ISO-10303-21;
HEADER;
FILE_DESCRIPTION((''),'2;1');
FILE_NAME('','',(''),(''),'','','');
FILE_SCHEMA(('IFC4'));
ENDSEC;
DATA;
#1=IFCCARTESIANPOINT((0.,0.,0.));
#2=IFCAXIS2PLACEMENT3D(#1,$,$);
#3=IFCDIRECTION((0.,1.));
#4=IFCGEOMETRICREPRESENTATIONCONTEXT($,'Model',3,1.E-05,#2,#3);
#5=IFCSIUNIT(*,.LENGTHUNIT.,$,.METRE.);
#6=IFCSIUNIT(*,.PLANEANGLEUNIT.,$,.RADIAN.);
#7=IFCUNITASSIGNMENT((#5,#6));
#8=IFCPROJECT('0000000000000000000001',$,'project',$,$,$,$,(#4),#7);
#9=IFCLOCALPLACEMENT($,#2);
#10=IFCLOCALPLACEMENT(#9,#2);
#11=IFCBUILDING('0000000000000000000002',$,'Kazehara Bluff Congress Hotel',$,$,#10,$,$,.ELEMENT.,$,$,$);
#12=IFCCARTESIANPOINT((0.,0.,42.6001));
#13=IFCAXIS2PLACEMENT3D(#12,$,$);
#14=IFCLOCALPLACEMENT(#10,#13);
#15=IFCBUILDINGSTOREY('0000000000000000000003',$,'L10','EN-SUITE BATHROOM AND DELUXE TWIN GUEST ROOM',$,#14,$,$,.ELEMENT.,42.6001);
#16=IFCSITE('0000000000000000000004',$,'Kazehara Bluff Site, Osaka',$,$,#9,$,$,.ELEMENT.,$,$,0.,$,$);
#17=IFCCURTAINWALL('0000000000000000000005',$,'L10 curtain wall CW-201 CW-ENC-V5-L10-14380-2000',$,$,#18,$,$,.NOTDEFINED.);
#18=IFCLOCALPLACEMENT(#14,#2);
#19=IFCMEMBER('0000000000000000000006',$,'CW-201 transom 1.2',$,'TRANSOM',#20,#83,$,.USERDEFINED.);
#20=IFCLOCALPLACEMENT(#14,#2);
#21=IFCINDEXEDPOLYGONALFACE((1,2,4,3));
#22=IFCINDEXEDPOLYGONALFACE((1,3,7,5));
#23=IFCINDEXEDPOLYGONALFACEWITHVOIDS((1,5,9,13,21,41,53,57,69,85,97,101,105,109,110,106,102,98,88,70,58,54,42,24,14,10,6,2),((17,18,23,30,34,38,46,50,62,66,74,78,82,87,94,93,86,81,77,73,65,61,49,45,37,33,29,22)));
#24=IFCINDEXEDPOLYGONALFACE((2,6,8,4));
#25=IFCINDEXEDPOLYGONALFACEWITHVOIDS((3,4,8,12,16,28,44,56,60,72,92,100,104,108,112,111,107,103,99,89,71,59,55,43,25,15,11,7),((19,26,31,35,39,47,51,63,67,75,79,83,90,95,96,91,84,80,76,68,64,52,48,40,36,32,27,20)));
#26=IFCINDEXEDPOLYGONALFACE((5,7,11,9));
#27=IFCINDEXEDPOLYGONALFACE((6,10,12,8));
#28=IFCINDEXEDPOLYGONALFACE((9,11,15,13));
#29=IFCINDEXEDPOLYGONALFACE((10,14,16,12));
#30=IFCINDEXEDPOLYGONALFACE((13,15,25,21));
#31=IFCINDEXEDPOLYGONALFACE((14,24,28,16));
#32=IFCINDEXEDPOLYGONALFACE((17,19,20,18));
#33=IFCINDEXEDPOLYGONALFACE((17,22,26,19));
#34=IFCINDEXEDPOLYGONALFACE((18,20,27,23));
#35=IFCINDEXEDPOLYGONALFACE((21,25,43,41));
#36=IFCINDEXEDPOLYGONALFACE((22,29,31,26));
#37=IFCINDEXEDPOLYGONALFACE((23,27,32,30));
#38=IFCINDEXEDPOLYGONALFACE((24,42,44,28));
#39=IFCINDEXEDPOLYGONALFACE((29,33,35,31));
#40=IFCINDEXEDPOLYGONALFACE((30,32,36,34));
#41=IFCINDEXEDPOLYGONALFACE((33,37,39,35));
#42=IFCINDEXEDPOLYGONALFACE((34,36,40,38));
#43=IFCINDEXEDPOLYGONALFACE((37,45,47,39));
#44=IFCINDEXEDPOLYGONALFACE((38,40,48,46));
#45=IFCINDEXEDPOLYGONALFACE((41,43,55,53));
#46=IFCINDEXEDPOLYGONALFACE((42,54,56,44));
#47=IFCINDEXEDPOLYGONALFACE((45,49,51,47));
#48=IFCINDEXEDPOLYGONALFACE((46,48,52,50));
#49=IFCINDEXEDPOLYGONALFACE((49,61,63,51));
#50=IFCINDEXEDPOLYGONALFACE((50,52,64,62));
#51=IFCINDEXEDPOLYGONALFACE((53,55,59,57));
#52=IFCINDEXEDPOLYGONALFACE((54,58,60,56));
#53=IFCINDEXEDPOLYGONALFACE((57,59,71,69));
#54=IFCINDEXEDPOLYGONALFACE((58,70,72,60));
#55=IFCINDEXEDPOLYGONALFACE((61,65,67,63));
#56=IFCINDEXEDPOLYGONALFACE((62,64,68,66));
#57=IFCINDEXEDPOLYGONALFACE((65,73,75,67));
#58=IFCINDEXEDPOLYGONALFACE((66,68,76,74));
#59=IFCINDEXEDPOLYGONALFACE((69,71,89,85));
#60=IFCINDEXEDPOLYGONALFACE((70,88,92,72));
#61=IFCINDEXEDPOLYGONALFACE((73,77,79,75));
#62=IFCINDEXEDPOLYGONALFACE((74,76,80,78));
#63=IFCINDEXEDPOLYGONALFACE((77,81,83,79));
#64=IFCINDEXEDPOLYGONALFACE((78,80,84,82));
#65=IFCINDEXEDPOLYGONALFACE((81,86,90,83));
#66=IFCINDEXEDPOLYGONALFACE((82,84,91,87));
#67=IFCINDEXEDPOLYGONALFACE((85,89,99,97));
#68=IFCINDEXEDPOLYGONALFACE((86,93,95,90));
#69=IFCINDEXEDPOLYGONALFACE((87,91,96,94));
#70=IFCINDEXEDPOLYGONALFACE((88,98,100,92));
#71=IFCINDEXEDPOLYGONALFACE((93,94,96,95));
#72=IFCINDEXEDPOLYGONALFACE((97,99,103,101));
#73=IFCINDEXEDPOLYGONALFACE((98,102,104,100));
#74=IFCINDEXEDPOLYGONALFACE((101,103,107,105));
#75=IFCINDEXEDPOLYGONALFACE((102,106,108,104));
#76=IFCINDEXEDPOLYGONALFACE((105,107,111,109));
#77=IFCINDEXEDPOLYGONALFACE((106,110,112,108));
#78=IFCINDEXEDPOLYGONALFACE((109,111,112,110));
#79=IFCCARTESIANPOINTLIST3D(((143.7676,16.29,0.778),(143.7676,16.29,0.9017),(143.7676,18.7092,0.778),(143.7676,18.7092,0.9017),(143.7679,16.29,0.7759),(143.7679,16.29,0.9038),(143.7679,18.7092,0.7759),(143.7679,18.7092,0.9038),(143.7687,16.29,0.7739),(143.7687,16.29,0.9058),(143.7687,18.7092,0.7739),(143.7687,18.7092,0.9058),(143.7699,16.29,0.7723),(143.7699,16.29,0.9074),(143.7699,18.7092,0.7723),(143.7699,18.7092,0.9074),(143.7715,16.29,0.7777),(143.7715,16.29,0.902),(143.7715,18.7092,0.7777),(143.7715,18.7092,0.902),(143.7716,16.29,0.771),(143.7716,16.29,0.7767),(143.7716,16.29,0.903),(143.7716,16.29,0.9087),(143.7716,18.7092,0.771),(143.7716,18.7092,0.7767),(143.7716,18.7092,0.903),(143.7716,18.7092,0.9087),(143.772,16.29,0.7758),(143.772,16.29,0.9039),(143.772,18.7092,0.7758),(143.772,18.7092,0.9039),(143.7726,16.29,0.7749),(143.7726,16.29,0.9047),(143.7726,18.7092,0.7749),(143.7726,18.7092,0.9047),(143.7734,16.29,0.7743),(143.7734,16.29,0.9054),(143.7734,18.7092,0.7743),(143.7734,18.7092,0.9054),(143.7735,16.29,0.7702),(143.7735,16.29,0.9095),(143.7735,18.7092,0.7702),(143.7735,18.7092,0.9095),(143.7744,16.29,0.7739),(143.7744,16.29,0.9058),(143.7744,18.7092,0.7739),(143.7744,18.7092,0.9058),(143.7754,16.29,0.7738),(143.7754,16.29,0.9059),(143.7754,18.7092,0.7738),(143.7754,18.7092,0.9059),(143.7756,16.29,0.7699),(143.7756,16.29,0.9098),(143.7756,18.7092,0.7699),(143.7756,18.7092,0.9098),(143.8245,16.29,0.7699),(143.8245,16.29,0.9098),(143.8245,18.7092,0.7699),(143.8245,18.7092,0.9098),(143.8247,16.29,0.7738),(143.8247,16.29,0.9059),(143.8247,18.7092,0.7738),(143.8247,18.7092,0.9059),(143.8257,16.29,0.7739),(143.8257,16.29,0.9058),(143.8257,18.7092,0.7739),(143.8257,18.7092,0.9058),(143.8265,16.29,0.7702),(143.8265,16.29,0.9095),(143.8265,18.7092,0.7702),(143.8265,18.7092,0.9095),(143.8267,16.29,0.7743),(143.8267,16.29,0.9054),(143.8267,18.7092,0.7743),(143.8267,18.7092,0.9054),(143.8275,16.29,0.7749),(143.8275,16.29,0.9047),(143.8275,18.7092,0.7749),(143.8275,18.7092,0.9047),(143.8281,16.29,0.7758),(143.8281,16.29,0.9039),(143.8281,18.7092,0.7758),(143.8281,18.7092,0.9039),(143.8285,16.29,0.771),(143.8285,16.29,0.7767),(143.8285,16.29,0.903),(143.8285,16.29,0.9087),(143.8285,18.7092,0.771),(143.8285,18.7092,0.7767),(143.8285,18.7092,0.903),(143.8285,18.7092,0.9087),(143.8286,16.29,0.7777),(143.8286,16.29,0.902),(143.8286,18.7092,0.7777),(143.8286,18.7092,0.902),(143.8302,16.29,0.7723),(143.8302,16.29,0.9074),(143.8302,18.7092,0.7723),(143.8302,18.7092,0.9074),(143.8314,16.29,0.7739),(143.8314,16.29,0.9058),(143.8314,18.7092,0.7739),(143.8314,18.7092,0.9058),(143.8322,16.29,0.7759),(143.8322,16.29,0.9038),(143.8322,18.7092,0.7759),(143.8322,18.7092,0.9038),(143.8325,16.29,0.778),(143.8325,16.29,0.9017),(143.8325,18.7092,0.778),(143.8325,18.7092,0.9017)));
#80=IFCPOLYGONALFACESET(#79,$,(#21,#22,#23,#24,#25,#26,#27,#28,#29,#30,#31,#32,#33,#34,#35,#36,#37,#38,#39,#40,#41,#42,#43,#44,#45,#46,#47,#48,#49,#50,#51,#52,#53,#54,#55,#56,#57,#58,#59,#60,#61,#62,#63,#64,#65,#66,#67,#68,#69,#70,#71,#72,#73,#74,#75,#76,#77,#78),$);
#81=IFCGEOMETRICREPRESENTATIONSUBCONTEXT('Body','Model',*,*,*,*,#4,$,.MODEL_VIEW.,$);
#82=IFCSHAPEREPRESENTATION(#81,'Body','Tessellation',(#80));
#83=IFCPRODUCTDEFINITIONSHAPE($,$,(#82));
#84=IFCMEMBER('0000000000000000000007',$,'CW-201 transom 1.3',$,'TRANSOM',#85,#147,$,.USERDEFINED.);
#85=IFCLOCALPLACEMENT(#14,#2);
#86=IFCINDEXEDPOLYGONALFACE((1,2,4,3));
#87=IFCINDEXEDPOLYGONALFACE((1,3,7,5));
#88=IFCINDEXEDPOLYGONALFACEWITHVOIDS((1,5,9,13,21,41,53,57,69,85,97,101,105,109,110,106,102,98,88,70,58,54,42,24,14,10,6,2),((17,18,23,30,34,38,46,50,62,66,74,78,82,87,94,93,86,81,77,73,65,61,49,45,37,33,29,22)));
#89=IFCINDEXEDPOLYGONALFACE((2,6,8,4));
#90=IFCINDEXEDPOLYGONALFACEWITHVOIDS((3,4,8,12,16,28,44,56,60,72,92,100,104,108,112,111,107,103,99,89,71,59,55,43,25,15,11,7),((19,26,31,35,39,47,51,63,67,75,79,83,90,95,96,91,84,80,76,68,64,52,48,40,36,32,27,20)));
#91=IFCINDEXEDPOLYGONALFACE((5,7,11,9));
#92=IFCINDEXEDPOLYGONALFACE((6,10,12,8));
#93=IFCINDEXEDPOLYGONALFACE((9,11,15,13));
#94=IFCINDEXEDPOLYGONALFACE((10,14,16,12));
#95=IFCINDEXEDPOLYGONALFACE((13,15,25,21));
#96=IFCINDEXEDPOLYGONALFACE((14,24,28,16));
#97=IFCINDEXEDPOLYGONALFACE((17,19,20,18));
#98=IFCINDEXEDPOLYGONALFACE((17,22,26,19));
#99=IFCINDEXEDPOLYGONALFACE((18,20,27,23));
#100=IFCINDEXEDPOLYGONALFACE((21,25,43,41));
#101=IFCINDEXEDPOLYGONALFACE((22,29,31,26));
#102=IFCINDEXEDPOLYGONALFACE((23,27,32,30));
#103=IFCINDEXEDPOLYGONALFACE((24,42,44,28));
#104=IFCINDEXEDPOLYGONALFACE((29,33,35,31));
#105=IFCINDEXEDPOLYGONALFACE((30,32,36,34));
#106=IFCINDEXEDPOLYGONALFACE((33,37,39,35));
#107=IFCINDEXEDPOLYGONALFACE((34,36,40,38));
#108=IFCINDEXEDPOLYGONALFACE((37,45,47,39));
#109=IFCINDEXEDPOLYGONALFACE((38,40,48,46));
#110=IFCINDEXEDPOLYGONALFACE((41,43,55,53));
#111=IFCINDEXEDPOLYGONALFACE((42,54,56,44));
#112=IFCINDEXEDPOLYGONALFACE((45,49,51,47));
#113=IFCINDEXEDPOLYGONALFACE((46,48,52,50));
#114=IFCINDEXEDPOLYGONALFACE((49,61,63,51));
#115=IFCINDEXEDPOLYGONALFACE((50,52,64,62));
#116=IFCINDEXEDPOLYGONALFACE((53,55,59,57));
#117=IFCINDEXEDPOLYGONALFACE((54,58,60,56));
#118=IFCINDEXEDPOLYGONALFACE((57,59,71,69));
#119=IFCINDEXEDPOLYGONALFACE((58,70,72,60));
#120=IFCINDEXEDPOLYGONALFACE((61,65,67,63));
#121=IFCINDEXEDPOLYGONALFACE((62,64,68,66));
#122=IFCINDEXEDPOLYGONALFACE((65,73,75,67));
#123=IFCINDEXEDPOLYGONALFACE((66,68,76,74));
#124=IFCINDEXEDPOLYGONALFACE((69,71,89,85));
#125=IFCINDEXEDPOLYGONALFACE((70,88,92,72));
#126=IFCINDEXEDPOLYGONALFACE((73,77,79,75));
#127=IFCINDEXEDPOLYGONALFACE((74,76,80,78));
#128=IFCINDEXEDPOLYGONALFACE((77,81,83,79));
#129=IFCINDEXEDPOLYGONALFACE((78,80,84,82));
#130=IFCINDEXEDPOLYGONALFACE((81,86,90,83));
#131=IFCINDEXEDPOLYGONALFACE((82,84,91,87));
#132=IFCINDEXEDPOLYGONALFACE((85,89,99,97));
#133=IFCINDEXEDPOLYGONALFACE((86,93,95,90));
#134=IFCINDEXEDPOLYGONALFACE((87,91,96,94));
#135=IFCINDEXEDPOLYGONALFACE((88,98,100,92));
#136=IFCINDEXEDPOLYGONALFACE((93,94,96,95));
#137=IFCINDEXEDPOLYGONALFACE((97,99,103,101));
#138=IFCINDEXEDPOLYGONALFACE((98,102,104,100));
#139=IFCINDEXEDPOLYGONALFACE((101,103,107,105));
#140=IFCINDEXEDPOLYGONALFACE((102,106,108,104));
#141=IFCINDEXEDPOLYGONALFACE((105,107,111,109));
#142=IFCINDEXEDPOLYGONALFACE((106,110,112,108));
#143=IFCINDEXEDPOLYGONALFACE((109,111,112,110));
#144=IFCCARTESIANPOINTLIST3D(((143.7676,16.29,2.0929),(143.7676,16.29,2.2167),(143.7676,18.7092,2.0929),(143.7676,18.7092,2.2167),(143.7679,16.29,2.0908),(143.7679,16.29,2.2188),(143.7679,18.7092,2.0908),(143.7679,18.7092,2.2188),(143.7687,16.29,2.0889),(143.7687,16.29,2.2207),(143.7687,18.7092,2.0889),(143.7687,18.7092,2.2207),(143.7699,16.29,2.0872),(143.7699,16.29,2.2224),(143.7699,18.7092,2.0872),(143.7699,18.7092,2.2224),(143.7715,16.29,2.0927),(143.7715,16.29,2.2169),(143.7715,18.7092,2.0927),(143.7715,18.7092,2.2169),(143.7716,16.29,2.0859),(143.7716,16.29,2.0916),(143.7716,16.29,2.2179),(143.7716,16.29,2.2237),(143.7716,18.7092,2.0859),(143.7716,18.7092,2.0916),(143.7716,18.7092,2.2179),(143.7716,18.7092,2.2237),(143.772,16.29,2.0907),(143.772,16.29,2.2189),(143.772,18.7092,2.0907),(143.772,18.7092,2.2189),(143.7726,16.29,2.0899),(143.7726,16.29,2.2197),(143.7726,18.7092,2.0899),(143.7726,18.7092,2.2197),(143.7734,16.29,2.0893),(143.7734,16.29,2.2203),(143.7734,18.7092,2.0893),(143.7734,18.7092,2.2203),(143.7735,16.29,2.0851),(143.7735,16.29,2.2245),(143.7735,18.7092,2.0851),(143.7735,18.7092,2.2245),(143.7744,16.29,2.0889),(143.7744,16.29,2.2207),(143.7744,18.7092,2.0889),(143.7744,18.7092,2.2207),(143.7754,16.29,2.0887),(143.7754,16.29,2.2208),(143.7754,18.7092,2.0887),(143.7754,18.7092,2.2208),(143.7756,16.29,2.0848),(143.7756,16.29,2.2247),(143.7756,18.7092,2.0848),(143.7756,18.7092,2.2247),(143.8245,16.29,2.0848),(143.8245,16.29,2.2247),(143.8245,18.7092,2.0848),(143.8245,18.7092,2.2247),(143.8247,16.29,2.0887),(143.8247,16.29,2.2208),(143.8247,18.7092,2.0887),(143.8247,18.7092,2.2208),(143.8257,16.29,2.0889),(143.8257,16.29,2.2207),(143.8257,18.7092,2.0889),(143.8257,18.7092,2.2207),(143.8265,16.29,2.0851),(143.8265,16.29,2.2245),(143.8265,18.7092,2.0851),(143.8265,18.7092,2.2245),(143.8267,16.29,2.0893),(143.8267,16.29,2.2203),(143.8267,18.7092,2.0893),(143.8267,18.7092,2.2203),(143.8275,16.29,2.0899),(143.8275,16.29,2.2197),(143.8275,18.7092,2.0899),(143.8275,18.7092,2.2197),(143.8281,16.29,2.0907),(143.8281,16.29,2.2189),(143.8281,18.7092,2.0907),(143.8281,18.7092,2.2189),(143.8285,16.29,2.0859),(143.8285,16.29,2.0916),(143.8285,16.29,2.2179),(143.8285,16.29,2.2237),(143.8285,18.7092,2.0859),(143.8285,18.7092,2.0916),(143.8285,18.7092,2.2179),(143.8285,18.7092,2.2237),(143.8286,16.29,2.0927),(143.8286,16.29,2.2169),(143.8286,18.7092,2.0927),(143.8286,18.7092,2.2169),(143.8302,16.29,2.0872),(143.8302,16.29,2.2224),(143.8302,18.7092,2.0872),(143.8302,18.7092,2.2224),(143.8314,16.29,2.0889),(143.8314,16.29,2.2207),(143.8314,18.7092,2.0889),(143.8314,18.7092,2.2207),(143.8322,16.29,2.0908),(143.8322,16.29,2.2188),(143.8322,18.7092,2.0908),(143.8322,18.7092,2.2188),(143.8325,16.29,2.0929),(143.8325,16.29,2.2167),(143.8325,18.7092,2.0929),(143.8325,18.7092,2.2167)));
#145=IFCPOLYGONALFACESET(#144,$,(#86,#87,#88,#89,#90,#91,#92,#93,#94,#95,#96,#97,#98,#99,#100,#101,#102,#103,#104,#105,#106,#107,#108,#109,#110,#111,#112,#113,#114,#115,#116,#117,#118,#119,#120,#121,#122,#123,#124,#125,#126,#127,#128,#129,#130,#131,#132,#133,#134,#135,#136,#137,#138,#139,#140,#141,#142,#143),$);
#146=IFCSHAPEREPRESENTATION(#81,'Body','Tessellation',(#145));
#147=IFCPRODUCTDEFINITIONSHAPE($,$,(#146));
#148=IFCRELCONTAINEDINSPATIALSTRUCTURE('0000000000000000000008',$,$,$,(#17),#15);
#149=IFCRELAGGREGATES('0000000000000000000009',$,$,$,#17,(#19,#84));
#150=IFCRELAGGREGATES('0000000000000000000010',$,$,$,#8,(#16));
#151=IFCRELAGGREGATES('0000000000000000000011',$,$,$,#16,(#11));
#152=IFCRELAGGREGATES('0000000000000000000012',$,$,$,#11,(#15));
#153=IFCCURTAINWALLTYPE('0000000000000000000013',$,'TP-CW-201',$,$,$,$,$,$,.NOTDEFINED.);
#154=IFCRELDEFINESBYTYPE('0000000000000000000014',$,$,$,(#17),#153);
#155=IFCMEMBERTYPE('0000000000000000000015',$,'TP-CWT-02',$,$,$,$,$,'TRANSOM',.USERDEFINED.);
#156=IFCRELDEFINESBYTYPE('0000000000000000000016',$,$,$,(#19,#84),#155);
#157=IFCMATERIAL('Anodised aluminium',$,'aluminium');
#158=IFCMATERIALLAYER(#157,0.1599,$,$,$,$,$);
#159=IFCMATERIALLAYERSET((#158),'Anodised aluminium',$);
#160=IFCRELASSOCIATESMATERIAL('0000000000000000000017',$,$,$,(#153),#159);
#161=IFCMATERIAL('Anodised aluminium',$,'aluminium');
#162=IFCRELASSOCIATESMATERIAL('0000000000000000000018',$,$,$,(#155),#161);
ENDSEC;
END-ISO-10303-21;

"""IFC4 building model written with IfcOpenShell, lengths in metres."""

from ifc_helpers import new_model, si_unit, direction, frame, origin, origin_2d, place, context, subcontext, project, spatial, hollow_rectangle, extrude, material, layer, layer_set, material_profile, profile_set, type_object, element, aggregate, save


model = new_model("IFC4")

# Units and contexts
model_context = context("Model", 3, precision=1e-05, world=origin(), true_north=direction((0.0, 1.0)))
body_context = subcontext(model_context, "Body", "Model", "MODEL_VIEW")
ifc_project = project(units=[si_unit("LENGTHUNIT", "METRE"), si_unit("PLANEANGLEUNIT", "RADIAN")], contexts=[model_context])

# Site, building, storey
site_placement = place(None, origin())
site = spatial("IfcSite", under=ifc_project, at=site_placement, Name="Kazehara Bluff Site, Osaka", CompositionType="ELEMENT", RefElevation=0.0)
building_placement = place(site_placement, origin())
building = spatial("IfcBuilding", under=site, at=building_placement, Name="Kazehara Bluff Congress Hotel", CompositionType="ELEMENT")
storey_placement = place(building_placement, frame((0.0, 0.0, 42.6001)))
storey = spatial("IfcBuildingStorey", under=building, at=storey_placement, Name="L10", Description="EN-SUITE BATHROOM AND DELUXE TWIN GUEST ROOM", CompositionType="ELEMENT", Elevation=42.6001)

# Curtain wall
ifc_material_1 = material(Name="Anodised aluminium", Category="aluminium")
ifc_layer_1 = layer(ifc_material_1, 0.1599)
ifc_layer_set_1 = layer_set([ifc_layer_1], Name="Anodised aluminium")
curtain_wall_type_1 = type_object("IfcCurtainWallType", Name="TP-CW-201", PredefinedType="NOTDEFINED", material=ifc_layer_set_1)
curtain_wall_1_placement = place(storey_placement, origin())
curtain_wall_1 = element("IfcCurtainWall", 1, at=curtain_wall_1_placement, inside=storey, type_object=curtain_wall_type_1, Name="L10 curtain wall CW-201 CW-ENC-V5-L10-14380-2000", PredefinedType="NOTDEFINED")

# Members
ifc_material_2 = material(Name="Anodised aluminium", Category="aluminium")
ifc_material_profile_1 = material_profile(ifc_material_2, hollow_rectangle(XDim=0.0649, YDim=0.1399, WallThickness=0.0039, InnerFilletRadius=0.0039, OuterFilletRadius=0.0081, at=origin_2d()))
ifc_profile_set_1 = profile_set([ifc_material_profile_1], Name="Anodised aluminium")
member_type_1 = type_object("IfcMemberType", Name="TP-CWT-02", ElementType="TRANSOM", PredefinedType="USERDEFINED", material=ifc_profile_set_1)
member_1_placement = place(storey_placement, frame((143.8, 16.29, 0.8398), z_axis=(0.0, 1.0, 0.0), x_axis=(-1.0, 0.0, 0.0)))
member_1 = element("IfcMember", 2, at=member_1_placement, type_object=member_type_1, Name="CW-201 transom 1.2", ObjectType="TRANSOM", PredefinedType="USERDEFINED", context=body_context, shape_type="SweptSolid", body=[
    extrude(hollow_rectangle(XDim=0.0649, YDim=0.1399, WallThickness=0.0039, InnerFilletRadius=0.0039, OuterFilletRadius=0.0081, at=origin_2d()), origin(), (0.0, 0.0, 1.0), 2.4192),
])
member_2_placement = place(storey_placement, frame((143.8, 16.29, 2.1548), z_axis=(0.0, 1.0, 0.0), x_axis=(-1.0, 0.0, 0.0)))
member_2 = element("IfcMember", 3, at=member_2_placement, type_object=member_type_1, Name="CW-201 transom 1.3", ObjectType="TRANSOM", PredefinedType="USERDEFINED", context=body_context, shape_type="SweptSolid", body=[
    extrude(hollow_rectangle(XDim=0.0649, YDim=0.1399, WallThickness=0.0039, InnerFilletRadius=0.0039, OuterFilletRadius=0.0081, at=origin_2d()), origin(), (0.0, 0.0, 1.0), 2.4192),
])

aggregate(curtain_wall_1, [member_1, member_2])

save(model, "model.ifc")
